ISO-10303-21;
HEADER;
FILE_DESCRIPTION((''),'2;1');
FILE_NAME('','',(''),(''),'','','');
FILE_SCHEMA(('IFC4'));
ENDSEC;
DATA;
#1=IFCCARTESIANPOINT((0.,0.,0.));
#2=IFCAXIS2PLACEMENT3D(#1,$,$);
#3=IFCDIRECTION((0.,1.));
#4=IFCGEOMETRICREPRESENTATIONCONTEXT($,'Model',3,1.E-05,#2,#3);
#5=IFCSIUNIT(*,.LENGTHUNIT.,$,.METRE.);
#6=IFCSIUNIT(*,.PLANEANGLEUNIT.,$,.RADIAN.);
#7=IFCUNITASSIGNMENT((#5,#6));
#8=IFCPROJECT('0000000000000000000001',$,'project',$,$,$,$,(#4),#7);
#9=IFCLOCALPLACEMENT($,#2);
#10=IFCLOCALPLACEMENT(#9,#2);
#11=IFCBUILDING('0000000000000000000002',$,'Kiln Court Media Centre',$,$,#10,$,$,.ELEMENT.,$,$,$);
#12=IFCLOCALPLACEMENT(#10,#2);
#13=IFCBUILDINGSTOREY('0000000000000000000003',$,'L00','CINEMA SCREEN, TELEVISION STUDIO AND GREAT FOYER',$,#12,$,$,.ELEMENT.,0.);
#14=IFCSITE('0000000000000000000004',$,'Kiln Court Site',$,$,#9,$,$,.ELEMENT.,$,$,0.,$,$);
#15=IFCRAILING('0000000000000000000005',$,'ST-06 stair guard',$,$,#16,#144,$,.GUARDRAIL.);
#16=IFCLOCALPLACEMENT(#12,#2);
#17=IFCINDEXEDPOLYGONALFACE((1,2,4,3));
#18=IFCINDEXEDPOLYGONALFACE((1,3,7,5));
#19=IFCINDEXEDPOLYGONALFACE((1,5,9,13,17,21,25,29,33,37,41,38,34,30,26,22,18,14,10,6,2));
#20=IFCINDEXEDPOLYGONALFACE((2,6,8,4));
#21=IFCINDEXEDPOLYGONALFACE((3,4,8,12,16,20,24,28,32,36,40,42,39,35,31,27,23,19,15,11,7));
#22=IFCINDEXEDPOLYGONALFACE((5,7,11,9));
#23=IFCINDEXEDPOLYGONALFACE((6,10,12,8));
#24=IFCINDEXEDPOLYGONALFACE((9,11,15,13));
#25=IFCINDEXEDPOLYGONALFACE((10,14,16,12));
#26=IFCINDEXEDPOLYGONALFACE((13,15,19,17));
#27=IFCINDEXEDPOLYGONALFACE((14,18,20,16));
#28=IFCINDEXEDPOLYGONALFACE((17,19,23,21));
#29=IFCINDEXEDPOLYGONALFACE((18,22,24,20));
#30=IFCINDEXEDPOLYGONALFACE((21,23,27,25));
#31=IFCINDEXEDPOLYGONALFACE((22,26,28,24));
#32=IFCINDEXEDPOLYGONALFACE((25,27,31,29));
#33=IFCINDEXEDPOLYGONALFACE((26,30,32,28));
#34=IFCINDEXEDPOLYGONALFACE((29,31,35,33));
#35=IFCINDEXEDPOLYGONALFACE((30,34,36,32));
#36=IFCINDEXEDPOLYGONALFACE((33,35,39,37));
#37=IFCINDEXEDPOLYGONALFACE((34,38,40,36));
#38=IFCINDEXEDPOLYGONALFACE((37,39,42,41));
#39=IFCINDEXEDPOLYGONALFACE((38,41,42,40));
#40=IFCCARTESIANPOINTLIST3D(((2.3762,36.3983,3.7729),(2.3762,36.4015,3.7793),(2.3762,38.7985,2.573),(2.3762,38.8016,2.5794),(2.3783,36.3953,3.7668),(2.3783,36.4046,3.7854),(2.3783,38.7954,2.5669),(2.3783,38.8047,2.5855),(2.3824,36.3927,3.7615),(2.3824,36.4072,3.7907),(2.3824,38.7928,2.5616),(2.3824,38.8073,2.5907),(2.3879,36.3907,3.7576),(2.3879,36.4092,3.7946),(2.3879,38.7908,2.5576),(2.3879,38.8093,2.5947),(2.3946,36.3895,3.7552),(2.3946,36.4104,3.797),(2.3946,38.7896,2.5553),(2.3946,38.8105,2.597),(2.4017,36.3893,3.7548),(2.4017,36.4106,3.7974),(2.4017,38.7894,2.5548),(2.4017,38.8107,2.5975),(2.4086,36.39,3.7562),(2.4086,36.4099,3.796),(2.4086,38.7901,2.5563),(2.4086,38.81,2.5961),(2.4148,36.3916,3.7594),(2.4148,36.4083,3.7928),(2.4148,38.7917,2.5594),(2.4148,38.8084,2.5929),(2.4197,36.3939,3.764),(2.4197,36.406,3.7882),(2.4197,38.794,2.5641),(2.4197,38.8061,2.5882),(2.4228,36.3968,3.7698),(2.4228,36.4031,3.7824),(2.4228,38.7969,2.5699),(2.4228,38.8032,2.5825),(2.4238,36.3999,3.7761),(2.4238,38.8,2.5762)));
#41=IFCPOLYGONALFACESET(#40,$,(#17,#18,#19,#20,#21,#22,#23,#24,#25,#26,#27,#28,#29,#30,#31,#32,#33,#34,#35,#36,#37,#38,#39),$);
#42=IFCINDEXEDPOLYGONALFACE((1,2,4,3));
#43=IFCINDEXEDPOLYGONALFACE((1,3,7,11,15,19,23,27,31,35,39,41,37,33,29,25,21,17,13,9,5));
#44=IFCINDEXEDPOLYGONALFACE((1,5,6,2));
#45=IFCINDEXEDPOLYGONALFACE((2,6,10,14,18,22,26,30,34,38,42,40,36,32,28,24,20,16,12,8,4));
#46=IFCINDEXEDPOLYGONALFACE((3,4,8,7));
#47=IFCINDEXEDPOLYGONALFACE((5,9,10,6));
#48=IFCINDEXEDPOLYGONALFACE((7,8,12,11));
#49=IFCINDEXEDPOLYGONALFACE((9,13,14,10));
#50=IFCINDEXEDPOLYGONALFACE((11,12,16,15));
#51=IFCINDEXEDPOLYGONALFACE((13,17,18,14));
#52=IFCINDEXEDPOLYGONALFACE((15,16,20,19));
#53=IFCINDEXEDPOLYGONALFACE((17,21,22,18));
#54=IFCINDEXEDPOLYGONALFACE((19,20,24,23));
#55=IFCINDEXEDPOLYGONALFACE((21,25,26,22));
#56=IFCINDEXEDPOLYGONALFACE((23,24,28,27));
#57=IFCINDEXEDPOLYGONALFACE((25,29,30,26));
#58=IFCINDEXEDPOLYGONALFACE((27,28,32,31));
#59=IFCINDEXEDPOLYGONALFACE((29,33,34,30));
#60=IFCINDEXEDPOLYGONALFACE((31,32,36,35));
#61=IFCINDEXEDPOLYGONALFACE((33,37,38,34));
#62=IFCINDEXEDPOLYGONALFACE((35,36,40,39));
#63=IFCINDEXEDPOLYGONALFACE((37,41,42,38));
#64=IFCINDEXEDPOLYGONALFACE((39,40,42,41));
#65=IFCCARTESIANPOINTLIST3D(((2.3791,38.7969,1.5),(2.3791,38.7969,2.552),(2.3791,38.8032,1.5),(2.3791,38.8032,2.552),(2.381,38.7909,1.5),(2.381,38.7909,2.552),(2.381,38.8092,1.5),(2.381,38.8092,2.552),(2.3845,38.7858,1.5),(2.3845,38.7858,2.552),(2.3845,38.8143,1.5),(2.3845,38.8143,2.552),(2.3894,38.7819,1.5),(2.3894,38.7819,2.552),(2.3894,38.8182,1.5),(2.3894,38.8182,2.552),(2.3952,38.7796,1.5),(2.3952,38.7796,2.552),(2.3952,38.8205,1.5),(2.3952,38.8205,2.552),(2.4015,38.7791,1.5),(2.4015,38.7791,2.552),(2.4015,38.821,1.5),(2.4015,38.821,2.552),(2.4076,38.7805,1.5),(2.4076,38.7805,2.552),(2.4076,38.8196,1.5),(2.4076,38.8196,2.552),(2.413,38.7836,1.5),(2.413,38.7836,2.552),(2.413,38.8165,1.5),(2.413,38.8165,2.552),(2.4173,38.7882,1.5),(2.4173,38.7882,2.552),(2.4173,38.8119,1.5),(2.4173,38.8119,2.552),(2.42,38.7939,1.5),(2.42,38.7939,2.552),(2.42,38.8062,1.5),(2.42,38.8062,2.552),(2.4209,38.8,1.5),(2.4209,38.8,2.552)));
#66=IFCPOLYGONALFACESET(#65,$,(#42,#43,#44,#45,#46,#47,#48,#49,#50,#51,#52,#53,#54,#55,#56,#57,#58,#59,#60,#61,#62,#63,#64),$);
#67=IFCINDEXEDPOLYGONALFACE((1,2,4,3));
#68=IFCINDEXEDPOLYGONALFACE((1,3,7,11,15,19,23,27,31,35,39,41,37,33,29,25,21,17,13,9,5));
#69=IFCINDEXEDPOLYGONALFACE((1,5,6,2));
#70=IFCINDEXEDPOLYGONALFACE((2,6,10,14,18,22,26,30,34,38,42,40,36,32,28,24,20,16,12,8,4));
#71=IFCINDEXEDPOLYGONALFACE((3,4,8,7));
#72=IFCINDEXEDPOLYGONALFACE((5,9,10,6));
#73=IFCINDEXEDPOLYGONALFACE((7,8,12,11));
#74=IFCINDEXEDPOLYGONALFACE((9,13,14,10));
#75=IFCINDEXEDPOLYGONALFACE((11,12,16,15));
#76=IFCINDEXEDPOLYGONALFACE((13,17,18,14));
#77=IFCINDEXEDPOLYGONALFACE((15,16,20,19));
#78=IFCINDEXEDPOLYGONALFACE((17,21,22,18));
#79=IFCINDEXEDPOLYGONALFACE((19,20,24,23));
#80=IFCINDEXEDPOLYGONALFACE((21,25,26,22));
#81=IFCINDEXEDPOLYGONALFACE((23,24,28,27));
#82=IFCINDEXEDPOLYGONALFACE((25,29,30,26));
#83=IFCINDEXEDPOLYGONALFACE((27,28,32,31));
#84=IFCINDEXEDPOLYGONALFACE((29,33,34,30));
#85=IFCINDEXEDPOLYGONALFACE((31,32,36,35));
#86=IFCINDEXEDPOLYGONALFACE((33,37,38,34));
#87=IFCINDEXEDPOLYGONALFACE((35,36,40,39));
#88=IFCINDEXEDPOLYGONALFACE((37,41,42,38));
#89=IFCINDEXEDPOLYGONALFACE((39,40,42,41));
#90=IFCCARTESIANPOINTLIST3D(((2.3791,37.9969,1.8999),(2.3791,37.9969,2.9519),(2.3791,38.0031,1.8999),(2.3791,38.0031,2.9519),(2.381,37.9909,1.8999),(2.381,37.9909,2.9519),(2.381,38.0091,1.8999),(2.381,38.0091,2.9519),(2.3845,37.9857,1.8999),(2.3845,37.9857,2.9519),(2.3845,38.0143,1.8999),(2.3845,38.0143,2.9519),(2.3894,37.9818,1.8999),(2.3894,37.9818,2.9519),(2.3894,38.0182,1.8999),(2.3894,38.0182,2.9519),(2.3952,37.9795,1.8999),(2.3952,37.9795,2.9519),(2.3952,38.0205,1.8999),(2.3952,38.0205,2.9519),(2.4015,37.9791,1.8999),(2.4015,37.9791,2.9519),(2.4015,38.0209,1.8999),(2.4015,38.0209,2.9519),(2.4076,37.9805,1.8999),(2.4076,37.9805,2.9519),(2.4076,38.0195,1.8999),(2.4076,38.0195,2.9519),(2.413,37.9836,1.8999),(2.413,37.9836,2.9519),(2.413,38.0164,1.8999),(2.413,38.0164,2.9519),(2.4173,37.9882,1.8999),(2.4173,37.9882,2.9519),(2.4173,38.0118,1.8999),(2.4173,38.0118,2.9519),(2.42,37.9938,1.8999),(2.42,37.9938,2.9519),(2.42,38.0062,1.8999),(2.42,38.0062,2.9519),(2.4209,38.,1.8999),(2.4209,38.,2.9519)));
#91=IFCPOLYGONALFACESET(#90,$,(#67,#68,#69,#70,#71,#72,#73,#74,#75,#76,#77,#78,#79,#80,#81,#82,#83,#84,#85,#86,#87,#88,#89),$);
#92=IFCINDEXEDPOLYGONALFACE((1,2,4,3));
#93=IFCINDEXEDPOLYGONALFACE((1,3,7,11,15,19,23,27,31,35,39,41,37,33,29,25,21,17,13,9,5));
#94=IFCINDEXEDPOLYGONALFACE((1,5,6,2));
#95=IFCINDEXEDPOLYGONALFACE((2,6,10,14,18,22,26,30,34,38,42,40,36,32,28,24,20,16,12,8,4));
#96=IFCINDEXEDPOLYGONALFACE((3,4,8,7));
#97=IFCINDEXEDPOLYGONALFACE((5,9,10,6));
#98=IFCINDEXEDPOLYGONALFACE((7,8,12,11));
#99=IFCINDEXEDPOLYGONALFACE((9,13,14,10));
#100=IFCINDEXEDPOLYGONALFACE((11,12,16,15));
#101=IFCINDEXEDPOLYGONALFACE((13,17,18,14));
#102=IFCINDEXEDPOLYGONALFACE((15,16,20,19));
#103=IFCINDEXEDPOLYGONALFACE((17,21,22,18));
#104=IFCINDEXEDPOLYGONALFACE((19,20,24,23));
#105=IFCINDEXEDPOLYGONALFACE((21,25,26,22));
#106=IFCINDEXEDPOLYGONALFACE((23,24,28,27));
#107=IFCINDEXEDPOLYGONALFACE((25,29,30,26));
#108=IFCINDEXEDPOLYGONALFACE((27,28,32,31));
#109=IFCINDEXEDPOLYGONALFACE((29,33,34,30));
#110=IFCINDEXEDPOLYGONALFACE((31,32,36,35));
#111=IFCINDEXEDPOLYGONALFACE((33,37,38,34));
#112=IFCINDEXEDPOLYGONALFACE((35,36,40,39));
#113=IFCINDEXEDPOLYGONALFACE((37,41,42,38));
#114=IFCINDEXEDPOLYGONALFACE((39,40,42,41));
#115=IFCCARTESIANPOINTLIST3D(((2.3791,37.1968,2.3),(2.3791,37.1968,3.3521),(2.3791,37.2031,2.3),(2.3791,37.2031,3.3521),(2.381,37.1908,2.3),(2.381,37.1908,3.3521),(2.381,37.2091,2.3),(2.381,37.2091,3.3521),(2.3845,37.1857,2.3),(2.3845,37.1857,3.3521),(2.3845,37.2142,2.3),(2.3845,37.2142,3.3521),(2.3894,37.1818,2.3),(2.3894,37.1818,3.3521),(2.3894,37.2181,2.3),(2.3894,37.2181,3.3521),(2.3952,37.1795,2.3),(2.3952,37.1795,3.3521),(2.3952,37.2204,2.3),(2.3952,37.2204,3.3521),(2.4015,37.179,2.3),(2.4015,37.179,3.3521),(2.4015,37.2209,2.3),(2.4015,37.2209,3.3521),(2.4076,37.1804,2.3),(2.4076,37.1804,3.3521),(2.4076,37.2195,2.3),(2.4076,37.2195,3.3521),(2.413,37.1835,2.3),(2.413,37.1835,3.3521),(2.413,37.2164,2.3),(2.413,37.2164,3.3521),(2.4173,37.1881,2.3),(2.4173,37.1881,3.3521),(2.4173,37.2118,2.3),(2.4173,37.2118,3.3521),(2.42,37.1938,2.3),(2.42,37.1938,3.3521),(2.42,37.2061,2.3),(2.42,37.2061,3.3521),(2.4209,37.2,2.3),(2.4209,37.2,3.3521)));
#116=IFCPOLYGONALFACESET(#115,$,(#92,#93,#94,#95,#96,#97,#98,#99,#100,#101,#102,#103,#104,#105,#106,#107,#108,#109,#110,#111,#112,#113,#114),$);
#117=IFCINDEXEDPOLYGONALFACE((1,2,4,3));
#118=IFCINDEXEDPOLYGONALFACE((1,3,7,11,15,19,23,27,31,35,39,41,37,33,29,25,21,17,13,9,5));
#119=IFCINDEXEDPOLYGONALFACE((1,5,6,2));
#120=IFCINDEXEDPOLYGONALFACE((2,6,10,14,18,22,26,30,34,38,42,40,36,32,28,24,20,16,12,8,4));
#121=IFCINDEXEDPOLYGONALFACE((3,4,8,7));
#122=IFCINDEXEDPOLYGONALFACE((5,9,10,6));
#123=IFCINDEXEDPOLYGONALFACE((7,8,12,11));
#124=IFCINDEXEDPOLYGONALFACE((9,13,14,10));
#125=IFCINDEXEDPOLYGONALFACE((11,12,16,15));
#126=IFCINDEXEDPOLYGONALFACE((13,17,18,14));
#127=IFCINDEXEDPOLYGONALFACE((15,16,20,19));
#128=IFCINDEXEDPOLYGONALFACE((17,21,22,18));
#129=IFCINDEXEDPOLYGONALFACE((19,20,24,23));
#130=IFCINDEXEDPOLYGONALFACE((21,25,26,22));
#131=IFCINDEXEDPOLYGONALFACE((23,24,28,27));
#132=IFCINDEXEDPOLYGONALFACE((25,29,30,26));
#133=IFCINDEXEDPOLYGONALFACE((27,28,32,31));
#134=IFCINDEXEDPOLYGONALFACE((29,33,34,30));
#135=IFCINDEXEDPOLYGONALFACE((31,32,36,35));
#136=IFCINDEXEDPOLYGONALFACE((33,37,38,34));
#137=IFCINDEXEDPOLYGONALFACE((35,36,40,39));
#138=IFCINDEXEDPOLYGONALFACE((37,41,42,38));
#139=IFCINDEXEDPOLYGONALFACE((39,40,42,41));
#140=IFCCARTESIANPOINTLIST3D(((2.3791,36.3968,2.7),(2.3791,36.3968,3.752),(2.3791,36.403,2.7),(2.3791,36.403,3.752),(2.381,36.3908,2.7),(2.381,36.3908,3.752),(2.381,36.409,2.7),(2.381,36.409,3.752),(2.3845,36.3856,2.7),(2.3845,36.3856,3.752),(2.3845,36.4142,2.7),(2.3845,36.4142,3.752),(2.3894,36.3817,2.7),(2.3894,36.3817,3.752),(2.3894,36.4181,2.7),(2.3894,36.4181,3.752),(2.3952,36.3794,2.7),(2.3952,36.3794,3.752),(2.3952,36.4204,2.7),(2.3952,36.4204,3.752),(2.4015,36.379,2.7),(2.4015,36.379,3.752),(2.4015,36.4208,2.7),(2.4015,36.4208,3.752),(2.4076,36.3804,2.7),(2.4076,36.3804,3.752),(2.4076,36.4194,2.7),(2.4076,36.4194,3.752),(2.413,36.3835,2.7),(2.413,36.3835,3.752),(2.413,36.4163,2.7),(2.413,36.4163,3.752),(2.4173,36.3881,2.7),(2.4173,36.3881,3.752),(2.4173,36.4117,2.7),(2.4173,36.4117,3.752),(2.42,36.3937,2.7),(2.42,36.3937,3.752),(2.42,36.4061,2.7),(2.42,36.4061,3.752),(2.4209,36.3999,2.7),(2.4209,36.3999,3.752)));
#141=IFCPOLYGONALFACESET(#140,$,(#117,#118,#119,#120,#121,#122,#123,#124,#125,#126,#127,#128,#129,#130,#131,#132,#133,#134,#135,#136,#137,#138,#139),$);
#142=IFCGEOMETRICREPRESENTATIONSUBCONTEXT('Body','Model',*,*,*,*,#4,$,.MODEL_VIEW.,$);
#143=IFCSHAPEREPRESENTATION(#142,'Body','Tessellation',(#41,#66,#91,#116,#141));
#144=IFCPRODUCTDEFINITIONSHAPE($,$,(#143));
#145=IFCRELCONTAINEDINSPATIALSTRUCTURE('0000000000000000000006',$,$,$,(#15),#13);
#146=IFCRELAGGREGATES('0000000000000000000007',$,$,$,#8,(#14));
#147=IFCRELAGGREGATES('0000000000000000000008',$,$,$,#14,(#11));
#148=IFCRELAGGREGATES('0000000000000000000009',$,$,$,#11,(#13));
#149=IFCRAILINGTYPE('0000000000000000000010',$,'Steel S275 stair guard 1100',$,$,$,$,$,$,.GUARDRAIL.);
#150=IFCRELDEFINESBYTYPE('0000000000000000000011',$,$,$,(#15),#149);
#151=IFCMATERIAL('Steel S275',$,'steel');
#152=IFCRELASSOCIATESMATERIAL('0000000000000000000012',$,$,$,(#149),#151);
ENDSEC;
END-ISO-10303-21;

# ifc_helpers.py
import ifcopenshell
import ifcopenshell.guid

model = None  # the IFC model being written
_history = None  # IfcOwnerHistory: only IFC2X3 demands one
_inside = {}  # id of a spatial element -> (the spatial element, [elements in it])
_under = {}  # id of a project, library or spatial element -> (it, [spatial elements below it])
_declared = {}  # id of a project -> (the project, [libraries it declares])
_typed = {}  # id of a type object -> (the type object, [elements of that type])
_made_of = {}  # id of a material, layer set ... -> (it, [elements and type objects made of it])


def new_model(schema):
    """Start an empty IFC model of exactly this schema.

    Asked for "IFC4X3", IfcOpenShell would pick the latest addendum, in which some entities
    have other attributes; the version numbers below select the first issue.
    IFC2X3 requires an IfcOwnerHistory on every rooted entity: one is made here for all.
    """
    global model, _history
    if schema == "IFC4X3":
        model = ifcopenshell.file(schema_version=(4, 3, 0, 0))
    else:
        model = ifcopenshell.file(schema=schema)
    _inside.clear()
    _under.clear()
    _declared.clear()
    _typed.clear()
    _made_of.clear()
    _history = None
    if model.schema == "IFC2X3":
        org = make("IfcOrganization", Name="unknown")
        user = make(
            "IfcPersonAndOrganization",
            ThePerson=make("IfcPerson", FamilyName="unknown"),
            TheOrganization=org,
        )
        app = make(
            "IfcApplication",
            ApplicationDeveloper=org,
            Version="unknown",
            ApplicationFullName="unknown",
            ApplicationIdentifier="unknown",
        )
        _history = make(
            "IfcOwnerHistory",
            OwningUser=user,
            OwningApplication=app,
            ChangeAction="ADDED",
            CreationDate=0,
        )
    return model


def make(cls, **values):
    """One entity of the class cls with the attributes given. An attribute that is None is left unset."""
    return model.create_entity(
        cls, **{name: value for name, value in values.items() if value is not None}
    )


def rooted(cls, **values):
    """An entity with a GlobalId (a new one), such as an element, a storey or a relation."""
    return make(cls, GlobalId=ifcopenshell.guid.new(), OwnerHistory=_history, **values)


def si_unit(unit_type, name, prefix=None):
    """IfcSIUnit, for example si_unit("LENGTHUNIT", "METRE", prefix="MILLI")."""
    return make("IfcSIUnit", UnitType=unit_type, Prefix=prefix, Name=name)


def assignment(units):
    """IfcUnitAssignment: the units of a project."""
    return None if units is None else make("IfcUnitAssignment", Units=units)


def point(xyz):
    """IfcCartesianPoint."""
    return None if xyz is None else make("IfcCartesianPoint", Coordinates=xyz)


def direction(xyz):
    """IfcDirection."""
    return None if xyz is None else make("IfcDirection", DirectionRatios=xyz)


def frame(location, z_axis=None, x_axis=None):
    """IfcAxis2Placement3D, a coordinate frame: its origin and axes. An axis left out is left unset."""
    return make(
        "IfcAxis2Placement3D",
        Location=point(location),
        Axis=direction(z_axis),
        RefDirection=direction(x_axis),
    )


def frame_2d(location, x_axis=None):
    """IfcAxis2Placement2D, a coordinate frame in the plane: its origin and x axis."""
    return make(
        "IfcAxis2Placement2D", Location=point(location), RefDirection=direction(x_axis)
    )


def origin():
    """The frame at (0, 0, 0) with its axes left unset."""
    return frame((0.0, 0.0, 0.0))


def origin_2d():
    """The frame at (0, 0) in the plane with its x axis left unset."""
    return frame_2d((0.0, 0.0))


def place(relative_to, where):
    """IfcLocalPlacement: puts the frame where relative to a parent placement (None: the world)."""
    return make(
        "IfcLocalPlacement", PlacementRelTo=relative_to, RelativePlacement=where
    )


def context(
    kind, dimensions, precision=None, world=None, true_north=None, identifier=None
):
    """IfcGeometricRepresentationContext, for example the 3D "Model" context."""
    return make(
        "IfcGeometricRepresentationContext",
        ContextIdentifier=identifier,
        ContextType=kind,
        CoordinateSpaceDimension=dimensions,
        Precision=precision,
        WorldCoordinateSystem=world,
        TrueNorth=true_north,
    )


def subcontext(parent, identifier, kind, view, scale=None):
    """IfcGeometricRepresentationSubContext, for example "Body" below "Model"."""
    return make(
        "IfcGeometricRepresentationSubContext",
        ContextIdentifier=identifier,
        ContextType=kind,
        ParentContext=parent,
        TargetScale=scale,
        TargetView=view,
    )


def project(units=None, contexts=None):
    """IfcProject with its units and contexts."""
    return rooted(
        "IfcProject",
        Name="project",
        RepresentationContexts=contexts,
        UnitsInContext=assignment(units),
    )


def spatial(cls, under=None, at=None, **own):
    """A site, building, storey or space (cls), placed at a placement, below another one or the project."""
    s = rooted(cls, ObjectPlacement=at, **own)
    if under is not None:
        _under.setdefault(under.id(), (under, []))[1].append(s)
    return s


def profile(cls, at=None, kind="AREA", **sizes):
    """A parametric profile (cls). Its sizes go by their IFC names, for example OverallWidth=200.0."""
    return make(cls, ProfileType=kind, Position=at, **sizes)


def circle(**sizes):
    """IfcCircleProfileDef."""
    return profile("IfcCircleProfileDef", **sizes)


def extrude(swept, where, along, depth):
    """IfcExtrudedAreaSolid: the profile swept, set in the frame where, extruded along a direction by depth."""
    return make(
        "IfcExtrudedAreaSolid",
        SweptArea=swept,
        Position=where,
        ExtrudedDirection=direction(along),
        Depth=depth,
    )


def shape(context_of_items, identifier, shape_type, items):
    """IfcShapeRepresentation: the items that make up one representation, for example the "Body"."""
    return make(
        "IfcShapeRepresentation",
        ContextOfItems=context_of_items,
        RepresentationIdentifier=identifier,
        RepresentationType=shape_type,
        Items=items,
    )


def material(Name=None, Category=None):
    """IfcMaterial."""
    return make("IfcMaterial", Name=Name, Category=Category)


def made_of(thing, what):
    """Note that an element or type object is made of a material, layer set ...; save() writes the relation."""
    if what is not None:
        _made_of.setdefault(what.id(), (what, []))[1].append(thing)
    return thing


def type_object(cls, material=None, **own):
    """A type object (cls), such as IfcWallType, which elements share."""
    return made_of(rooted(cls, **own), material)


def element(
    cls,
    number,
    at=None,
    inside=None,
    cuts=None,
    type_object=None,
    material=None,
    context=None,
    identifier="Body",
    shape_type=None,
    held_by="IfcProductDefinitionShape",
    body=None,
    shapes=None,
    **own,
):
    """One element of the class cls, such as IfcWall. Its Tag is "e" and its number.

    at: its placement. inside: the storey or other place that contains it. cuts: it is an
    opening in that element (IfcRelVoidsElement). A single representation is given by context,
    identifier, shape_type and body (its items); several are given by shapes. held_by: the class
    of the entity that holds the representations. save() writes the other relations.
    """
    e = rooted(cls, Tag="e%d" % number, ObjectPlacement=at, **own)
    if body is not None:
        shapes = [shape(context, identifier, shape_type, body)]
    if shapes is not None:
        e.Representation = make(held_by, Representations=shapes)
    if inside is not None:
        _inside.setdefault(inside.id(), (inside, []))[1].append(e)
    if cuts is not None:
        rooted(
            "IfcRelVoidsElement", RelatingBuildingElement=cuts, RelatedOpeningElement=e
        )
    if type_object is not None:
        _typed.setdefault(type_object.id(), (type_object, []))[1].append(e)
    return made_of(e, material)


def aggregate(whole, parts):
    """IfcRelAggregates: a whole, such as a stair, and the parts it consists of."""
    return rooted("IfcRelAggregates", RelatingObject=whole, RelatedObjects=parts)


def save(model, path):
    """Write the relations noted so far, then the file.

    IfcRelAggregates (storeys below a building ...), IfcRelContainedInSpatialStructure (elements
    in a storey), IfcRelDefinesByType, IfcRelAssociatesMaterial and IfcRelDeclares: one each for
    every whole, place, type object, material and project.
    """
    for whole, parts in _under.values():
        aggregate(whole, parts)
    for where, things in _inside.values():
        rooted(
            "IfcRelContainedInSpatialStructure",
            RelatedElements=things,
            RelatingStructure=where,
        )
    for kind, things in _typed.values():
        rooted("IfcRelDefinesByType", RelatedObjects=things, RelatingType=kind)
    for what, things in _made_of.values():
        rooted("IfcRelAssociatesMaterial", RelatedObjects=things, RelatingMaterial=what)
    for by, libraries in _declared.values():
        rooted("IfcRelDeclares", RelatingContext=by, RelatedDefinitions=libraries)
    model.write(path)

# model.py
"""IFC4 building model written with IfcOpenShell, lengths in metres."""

from ifc_helpers import new_model, si_unit, direction, frame, origin, origin_2d, place, context, subcontext, project, spatial, circle, extrude, material, type_object, element, save


model = new_model("IFC4")

# Units and contexts
model_context = context("Model", 3, precision=1e-05, world=origin(), true_north=direction((0.0, 1.0)))
body_context = subcontext(model_context, "Body", "Model", "MODEL_VIEW")
ifc_project = project(units=[si_unit("LENGTHUNIT", "METRE"), si_unit("PLANEANGLEUNIT", "RADIAN")], contexts=[model_context])

# Site, building, storey
site_placement = place(None, origin())
site = spatial("IfcSite", under=ifc_project, at=site_placement, Name="Kiln Court Site", CompositionType="ELEMENT", RefElevation=0.0)
building_placement = place(site_placement, origin())
building = spatial("IfcBuilding", under=site, at=building_placement, Name="Kiln Court Media Centre", CompositionType="ELEMENT")
storey_placement = place(building_placement, origin())
storey = spatial("IfcBuildingStorey", under=building, at=storey_placement, Name="L00", Description="CINEMA SCREEN, TELEVISION STUDIO AND GREAT FOYER", CompositionType="ELEMENT", Elevation=0.0)

# Railing
ifc_material_1 = material(Name="Steel S275", Category="steel")
railing_type_1 = type_object("IfcRailingType", Name="Steel S275 stair guard 1100", PredefinedType="GUARDRAIL", material=ifc_material_1)
railing_1_placement = place(storey_placement, frame((2.3999, 38.8, 1.5)))
element("IfcRailing", 1, at=railing_1_placement, inside=storey, type_object=railing_type_1, Name="ST-06 stair guard", PredefinedType="GUARDRAIL", context=body_context, shape_type="SweptSolid", body=[
    extrude(circle(Radius=0.0239, at=origin_2d()), frame((0.0, 0.0, 1.0762), z_axis=(0.0, -0.894445, 0.447177), x_axis=(1.0, 0.0, 0.0)), (0.0, 0.0, 1.0), 2.6833),
    extrude(circle(Radius=0.021, at=origin_2d()), origin(), (0.0, 0.0, 1.0), 1.052),
    extrude(circle(Radius=0.021, at=origin_2d()), frame((0.0, -0.8, 0.3999)), (0.0, 0.0, 1.0), 1.052),
    extrude(circle(Radius=0.021, at=origin_2d()), frame((0.0, -1.6001, 0.8)), (0.0, 0.0, 1.0), 1.052),
    extrude(circle(Radius=0.021, at=origin_2d()), frame((0.0, -2.4001, 1.2)), (0.0, 0.0, 1.0), 1.052),
])

save(model, "model.ifc")
